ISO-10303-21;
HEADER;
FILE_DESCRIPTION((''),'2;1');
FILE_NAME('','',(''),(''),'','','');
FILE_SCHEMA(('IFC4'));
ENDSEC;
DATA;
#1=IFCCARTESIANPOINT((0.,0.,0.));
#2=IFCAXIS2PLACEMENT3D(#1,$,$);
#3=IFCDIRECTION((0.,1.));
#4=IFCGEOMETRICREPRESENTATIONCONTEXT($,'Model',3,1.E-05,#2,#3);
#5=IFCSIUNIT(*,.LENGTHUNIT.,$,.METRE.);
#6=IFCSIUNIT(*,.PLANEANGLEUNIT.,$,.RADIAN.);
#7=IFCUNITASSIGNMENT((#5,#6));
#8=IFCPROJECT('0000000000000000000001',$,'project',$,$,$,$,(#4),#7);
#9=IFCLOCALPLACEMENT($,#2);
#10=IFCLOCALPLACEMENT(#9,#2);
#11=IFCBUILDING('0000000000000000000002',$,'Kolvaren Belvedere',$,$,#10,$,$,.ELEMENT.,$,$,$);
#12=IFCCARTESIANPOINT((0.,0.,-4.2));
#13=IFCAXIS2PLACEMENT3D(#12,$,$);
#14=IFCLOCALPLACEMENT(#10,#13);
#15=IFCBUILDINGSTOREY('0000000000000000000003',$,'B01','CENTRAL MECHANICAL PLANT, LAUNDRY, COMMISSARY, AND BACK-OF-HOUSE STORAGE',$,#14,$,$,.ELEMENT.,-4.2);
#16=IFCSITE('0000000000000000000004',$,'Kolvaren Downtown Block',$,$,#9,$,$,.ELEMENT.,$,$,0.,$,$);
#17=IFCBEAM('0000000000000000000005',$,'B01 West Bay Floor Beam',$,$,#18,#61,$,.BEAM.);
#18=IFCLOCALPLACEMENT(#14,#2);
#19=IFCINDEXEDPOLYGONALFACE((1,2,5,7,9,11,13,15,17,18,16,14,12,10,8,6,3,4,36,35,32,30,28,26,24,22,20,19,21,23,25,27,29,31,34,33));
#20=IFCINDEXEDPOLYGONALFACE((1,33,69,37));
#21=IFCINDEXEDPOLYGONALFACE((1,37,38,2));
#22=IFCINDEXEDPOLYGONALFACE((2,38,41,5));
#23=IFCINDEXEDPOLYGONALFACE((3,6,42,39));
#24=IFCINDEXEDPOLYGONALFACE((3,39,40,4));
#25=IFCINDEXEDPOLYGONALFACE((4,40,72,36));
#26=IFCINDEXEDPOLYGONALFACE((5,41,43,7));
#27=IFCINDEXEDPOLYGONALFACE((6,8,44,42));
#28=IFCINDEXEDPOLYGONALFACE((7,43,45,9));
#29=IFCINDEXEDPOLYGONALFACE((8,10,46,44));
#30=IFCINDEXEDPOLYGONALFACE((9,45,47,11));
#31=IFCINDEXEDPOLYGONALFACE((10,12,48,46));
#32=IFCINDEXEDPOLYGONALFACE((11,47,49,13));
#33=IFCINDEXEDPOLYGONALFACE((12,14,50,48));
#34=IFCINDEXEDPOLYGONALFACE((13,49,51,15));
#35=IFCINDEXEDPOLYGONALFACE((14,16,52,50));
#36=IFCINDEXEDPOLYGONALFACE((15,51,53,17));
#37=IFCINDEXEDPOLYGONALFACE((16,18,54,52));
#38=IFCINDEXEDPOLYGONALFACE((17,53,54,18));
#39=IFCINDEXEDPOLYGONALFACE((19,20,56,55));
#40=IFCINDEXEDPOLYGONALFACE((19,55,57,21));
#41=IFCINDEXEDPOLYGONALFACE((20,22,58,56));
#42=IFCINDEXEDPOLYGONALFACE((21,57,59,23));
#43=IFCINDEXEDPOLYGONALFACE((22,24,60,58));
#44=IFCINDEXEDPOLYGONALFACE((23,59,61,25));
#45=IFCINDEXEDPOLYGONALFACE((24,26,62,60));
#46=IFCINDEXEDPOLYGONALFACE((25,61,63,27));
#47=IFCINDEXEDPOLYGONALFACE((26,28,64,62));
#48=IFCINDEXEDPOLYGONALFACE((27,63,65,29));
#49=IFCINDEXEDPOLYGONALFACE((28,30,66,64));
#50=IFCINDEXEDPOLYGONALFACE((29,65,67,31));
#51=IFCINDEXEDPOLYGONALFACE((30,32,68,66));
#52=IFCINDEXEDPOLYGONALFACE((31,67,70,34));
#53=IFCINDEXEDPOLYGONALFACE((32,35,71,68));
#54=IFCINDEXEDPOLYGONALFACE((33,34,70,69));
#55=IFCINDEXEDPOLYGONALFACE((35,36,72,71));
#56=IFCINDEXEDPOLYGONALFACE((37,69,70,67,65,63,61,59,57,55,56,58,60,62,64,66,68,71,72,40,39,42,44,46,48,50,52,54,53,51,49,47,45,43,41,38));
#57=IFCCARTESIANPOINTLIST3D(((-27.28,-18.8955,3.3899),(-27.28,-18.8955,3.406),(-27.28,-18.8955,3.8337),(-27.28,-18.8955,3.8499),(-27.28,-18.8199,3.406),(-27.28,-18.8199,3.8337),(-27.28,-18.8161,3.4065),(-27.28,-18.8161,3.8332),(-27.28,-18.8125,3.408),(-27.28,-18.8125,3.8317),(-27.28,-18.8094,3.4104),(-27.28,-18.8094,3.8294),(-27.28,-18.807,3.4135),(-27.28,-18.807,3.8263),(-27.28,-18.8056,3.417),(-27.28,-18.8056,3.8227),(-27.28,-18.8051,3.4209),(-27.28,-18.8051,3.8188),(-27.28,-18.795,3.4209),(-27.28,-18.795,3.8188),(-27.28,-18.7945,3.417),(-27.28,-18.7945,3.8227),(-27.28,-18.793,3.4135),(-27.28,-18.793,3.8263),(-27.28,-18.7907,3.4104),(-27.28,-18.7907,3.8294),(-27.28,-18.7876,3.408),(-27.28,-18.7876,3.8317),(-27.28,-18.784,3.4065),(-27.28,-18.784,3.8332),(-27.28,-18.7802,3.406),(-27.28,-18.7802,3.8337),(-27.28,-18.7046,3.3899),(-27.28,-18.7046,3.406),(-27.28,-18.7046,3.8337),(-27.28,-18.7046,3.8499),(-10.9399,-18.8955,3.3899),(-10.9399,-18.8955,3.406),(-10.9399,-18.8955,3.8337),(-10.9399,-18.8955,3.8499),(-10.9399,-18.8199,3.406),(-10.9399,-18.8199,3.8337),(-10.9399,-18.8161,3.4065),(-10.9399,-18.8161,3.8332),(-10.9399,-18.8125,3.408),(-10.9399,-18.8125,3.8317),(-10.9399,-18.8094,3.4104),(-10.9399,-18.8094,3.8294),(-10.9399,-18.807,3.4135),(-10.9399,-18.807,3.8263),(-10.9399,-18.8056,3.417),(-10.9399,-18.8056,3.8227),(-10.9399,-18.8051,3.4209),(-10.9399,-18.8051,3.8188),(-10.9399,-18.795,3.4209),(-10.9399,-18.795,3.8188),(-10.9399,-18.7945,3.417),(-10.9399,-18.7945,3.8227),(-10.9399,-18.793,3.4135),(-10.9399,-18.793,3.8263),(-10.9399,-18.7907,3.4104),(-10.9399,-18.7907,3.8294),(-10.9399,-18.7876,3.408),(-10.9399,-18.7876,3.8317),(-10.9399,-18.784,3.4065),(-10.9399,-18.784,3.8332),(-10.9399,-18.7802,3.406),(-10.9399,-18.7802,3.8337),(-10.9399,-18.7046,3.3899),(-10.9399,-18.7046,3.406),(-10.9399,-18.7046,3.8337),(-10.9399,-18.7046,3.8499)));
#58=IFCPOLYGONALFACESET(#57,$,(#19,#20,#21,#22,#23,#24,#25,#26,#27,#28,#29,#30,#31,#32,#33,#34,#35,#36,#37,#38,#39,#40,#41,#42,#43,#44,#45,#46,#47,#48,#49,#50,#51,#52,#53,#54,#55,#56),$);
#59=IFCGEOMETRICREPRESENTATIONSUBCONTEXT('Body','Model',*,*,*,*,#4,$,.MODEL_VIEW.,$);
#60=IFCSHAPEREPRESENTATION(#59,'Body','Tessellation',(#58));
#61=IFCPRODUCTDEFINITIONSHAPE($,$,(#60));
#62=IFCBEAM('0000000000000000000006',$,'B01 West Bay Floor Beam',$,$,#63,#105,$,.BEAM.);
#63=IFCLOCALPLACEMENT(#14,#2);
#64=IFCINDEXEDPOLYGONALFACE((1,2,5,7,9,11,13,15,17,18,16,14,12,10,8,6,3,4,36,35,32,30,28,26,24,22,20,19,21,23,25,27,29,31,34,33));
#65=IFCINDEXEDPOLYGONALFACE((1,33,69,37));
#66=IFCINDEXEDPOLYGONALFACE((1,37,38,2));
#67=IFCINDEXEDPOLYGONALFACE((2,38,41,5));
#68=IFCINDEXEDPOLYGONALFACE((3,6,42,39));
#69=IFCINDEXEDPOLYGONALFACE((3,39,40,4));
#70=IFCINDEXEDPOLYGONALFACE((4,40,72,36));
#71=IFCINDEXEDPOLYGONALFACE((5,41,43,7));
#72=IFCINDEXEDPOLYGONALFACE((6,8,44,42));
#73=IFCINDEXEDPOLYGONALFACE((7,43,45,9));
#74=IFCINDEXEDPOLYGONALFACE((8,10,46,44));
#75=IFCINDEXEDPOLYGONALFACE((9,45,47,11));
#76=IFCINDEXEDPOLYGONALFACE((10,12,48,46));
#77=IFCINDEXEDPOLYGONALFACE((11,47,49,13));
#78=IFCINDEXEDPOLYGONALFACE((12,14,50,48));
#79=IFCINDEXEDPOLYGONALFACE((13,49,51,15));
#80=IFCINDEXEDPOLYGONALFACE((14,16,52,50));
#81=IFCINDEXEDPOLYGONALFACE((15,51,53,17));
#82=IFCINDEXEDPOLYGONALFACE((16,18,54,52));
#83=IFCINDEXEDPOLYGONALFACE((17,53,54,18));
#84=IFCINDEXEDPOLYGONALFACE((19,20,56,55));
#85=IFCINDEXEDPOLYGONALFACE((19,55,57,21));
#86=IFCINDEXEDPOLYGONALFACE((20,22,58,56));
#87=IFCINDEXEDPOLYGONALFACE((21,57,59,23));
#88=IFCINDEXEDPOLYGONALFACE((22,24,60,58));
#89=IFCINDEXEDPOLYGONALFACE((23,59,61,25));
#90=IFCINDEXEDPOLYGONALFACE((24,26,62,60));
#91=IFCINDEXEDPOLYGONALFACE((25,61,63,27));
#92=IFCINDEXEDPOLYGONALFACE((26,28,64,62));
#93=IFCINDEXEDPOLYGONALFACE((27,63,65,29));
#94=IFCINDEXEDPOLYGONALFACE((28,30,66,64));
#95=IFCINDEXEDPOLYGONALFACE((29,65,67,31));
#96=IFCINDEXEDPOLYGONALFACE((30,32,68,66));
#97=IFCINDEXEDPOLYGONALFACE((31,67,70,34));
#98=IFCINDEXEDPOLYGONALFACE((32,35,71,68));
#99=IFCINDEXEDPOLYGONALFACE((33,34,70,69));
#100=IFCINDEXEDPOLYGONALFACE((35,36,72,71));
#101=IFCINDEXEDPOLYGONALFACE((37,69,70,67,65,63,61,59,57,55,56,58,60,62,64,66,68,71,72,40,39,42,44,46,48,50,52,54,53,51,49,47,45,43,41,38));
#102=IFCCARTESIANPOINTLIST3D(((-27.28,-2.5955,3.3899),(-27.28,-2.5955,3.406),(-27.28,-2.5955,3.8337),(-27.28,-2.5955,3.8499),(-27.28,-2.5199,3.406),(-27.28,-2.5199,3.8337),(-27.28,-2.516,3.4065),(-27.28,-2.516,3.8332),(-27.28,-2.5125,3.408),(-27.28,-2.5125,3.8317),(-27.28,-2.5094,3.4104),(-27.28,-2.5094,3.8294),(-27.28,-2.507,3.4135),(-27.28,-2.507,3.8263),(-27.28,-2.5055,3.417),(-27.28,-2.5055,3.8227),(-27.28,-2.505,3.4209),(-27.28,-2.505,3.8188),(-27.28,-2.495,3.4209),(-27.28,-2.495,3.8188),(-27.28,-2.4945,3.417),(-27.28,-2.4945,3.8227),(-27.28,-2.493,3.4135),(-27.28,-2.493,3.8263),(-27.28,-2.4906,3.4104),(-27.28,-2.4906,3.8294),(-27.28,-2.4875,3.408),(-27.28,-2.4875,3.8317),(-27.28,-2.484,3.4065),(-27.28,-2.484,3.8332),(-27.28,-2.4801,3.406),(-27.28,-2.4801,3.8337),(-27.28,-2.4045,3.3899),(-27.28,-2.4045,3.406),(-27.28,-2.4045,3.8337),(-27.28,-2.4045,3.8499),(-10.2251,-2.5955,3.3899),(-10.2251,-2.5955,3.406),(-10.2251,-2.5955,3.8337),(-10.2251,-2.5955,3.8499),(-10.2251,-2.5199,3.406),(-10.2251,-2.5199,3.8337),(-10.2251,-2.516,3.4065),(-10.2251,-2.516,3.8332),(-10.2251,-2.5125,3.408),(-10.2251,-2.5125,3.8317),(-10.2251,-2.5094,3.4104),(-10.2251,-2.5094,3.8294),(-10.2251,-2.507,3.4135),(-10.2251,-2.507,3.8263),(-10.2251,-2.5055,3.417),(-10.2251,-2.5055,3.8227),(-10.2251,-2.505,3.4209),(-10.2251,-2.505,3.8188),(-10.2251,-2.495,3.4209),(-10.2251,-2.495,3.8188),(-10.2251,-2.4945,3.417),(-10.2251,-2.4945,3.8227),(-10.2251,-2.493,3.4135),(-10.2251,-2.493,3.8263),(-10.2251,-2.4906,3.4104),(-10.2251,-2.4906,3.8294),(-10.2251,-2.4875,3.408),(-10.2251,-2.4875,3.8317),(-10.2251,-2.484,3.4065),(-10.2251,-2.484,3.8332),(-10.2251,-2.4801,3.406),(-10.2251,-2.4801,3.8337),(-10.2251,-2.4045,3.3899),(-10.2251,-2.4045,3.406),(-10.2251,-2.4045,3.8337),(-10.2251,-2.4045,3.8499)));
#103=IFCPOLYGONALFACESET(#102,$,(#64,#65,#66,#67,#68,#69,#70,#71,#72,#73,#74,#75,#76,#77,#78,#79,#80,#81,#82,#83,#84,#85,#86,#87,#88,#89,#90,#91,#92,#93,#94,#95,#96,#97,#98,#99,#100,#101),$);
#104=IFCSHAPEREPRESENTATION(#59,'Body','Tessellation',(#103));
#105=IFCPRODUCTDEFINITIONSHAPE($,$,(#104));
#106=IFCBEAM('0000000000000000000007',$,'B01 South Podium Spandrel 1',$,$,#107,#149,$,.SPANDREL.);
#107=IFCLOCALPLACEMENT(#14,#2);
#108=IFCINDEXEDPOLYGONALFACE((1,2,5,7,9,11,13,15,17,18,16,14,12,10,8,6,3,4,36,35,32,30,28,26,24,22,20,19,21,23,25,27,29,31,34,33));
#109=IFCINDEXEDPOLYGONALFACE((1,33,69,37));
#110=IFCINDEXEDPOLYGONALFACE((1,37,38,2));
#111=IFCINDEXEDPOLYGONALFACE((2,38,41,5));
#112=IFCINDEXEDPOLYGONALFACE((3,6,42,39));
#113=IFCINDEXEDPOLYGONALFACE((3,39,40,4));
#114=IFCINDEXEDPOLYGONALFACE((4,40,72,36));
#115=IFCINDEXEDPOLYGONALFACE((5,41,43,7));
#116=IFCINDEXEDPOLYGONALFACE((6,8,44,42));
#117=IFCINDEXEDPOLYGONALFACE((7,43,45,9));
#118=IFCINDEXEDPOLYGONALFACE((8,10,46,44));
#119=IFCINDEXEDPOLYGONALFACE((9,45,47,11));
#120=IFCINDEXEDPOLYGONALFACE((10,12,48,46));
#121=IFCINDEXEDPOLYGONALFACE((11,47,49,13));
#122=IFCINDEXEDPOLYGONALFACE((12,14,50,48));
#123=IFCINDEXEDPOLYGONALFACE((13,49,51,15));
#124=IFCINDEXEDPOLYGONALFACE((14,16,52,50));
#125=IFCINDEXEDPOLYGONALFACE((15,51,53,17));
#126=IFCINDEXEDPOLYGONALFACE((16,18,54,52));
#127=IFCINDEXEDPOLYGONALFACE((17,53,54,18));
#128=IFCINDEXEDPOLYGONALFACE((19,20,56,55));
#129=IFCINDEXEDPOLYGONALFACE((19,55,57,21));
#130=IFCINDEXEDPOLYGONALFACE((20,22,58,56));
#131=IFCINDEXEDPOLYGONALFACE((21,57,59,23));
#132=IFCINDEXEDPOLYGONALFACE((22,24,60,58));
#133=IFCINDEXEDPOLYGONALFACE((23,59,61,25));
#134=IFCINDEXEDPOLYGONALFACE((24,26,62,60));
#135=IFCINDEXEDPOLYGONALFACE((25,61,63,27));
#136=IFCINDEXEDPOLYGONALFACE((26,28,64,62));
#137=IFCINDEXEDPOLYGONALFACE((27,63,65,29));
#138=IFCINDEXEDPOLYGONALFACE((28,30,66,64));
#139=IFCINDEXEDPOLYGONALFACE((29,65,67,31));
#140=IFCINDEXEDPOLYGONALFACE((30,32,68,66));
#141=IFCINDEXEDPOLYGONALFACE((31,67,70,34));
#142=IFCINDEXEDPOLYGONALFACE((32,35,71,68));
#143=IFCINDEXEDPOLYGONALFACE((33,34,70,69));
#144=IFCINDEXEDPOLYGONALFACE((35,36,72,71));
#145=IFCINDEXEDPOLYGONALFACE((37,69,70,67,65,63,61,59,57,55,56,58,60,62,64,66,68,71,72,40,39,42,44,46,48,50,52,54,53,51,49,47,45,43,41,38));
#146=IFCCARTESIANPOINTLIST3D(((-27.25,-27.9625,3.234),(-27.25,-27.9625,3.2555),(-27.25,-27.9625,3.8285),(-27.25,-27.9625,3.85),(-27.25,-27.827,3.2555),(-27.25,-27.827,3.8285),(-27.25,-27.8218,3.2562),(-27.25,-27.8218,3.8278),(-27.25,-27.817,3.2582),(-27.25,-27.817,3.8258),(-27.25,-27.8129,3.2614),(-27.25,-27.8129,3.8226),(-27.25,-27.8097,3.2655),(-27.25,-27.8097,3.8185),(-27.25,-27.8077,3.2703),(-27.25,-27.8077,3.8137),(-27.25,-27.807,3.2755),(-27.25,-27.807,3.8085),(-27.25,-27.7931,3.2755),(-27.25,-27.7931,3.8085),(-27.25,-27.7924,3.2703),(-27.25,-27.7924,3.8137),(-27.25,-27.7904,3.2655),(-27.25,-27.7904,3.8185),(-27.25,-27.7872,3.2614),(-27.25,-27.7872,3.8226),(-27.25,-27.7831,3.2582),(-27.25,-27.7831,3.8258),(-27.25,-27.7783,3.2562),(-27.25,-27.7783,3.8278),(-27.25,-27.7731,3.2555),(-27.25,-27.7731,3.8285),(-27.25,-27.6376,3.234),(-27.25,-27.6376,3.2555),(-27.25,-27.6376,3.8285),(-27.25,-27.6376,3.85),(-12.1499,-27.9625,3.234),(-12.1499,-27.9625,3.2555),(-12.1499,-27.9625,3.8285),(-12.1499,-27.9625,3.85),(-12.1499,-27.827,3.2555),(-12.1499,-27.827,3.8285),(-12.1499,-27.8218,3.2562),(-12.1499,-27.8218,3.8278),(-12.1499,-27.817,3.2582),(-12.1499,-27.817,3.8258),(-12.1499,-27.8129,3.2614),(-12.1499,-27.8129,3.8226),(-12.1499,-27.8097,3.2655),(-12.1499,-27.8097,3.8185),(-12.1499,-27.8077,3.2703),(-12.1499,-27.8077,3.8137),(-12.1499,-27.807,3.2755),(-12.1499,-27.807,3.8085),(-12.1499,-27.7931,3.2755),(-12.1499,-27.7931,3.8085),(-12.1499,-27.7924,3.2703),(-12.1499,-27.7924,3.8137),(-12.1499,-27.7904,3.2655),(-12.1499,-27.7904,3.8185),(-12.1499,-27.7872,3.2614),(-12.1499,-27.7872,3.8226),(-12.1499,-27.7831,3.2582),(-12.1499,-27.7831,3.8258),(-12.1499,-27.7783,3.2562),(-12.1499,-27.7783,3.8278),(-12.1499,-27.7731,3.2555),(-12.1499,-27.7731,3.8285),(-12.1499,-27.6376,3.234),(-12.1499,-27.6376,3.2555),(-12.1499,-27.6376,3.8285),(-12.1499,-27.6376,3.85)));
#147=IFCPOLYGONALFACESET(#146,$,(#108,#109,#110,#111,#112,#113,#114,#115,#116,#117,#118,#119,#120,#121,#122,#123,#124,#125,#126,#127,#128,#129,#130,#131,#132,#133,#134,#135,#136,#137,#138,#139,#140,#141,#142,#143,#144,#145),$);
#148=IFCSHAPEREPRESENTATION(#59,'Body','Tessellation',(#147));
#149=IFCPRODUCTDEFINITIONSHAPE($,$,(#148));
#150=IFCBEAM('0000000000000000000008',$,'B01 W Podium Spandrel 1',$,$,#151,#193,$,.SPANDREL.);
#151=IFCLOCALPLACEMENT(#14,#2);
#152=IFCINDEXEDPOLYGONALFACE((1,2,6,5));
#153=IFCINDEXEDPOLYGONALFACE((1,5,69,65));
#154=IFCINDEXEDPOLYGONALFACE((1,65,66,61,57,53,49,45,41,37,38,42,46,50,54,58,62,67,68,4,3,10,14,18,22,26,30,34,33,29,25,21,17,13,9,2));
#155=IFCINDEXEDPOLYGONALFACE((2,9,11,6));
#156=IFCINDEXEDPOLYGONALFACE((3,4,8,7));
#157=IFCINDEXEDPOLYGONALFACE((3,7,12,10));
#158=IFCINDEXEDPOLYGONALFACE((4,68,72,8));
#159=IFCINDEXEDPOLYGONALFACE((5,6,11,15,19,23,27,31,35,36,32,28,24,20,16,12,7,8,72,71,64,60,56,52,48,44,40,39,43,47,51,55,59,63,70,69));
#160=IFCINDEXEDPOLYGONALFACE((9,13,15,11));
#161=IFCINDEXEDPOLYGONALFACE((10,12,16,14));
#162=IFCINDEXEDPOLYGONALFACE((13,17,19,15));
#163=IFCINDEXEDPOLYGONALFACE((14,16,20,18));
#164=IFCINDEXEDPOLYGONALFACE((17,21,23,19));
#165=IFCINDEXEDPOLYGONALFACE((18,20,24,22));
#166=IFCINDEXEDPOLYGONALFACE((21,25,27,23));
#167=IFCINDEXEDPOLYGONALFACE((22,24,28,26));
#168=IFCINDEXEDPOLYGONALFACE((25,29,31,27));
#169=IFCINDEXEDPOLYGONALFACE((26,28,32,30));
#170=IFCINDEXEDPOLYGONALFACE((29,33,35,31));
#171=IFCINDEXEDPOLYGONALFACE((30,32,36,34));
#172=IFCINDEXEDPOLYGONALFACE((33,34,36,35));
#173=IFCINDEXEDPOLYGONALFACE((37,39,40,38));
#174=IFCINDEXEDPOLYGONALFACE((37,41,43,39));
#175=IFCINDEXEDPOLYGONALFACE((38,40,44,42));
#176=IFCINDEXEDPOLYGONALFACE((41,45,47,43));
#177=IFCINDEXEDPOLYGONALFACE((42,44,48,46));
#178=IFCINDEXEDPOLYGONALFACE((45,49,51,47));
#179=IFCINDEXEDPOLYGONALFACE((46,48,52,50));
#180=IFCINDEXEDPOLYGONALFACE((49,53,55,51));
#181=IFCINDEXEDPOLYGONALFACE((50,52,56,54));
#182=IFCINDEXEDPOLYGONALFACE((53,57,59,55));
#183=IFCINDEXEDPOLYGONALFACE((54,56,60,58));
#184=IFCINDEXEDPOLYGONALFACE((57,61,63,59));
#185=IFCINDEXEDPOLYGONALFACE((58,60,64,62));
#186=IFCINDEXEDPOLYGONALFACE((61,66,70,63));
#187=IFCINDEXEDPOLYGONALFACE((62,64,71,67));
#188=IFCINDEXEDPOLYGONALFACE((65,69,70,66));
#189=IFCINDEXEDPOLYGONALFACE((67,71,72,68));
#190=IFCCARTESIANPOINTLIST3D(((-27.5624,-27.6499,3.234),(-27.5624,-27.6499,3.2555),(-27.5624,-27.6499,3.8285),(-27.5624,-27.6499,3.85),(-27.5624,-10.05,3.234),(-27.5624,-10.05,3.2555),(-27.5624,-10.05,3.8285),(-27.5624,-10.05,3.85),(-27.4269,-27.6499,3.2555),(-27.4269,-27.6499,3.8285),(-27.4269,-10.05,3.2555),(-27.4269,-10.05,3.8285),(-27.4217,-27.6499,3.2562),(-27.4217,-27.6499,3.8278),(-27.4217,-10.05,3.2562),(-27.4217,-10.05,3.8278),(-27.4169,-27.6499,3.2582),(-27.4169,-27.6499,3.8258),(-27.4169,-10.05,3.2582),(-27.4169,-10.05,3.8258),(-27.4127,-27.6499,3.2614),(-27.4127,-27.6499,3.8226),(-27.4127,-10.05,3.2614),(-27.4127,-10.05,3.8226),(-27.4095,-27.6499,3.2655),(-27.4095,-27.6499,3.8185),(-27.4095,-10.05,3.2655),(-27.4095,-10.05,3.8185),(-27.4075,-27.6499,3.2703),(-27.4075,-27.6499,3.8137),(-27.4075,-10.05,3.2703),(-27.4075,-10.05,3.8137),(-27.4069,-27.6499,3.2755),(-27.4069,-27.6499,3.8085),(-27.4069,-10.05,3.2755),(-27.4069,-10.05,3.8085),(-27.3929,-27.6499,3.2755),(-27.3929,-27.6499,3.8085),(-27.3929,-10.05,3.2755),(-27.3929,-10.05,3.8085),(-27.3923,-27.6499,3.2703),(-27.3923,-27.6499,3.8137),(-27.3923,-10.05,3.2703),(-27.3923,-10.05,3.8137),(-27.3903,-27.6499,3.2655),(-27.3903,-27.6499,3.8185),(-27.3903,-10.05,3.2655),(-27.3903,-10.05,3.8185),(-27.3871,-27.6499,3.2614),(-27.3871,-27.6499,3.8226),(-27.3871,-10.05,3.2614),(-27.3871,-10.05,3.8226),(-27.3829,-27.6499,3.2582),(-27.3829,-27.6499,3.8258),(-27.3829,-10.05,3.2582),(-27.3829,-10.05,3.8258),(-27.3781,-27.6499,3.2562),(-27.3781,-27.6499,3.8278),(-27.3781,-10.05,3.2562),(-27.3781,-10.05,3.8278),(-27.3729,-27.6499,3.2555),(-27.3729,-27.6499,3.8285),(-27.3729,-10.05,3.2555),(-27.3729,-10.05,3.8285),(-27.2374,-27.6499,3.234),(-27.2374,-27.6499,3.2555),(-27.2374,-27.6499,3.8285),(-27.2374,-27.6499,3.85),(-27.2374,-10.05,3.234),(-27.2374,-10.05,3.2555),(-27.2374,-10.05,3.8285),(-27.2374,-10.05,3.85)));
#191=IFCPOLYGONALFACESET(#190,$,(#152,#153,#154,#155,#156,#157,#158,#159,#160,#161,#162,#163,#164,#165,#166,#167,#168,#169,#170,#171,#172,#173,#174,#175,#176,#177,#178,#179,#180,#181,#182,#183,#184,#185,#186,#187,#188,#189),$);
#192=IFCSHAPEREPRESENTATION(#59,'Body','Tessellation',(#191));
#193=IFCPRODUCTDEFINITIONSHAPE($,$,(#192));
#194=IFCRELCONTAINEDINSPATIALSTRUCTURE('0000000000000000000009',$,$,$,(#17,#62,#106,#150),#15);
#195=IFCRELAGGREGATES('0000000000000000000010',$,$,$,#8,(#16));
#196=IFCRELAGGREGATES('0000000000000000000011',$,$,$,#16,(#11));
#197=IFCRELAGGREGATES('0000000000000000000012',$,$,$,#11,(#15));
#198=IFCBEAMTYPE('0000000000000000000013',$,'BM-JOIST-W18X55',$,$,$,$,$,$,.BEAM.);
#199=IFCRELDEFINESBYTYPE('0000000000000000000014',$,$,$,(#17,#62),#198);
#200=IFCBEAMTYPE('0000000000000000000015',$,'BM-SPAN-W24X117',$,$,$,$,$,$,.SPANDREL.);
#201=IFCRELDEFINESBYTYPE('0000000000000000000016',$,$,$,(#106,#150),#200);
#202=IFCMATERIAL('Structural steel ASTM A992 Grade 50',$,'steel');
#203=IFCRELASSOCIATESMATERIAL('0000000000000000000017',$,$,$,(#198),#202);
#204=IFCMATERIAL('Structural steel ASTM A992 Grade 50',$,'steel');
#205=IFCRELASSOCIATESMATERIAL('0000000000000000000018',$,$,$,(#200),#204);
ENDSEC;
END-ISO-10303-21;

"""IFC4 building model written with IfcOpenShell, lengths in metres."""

from ifc_helpers import new_model, si_unit, direction, frame, origin, origin_2d, place, context, subcontext, project, spatial, i_section, extrude, material, material_profile, profile_set, type_object, element, save


model = new_model("IFC4")

# Units and contexts
model_context = context("Model", 3, precision=1e-05, world=origin(), true_north=direction((0.0, 1.0)))
body_context = subcontext(model_context, "Body", "Model", "MODEL_VIEW")
ifc_project = project(units=[si_unit("LENGTHUNIT", "METRE"), si_unit("PLANEANGLEUNIT", "RADIAN")], contexts=[model_context])

# Site, building, storey
site_placement = place(None, origin())
site = spatial("IfcSite", under=ifc_project, at=site_placement, Name="Kolvaren Downtown Block", CompositionType="ELEMENT", RefElevation=0.0)
building_placement = place(site_placement, origin())
building = spatial("IfcBuilding", under=site, at=building_placement, Name="Kolvaren Belvedere", CompositionType="ELEMENT")
storey_placement = place(building_placement, frame((0.0, 0.0, -4.2)))
storey = spatial("IfcBuildingStorey", under=building, at=storey_placement, Name="B01", Description="CENTRAL MECHANICAL PLANT, LAUNDRY, COMMISSARY, AND BACK-OF-HOUSE STORAGE", CompositionType="ELEMENT", Elevation=-4.2)

# Beams
ifc_material_1 = material(Name="Structural steel ASTM A992 Grade 50", Category="steel")
ifc_material_profile_1 = material_profile(ifc_material_1, i_section(OverallWidth=0.1909, OverallDepth=0.46, WebThickness=0.01, FlangeThickness=0.0161, FilletRadius=0.0149, at=origin_2d()), Name="W18X55")
ifc_profile_set_1 = profile_set([ifc_material_profile_1], Name="Structural steel ASTM A992 Grade 50")
beam_type_1 = type_object("IfcBeamType", Name="BM-JOIST-W18X55", PredefinedType="BEAM", material=ifc_profile_set_1)
beam_1_placement = place(storey_placement, frame((-27.28, -18.8, 3.6199), z_axis=(1.0, 0.0, 0.0), x_axis=(0.0, 1.0, 0.0)))
element("IfcBeam", 1, at=beam_1_placement, inside=storey, type_object=beam_type_1, Name="B01 West Bay Floor Beam", PredefinedType="BEAM", context=body_context, shape_type="SweptSolid", body=[
    extrude(i_section(OverallWidth=0.1909, OverallDepth=0.46, WebThickness=0.01, FlangeThickness=0.0161, FilletRadius=0.0149, at=origin_2d()), origin(), (0.0, 0.0, 1.0), 16.3401),
])
beam_2_placement = place(storey_placement, frame((-27.28, -2.5, 3.6199), z_axis=(1.0, 0.0, 0.0), x_axis=(0.0, 1.0, 0.0)))
element("IfcBeam", 2, at=beam_2_placement, inside=storey, type_object=beam_type_1, Name="B01 West Bay Floor Beam", PredefinedType="BEAM", context=body_context, shape_type="SweptSolid", body=[
    extrude(i_section(OverallWidth=0.1909, OverallDepth=0.46, WebThickness=0.01, FlangeThickness=0.0161, FilletRadius=0.0149, at=origin_2d()), origin(), (0.0, 0.0, 1.0), 17.0549),
])
ifc_material_2 = material(Name="Structural steel ASTM A992 Grade 50", Category="steel")
ifc_material_profile_2 = material_profile(ifc_material_2, i_section(OverallWidth=0.325, OverallDepth=0.616, WebThickness=0.0139, FlangeThickness=0.0215, FilletRadius=0.02, at=origin_2d()), Name="W24X117")
ifc_profile_set_2 = profile_set([ifc_material_profile_2], Name="Structural steel ASTM A992 Grade 50")
beam_type_2 = type_object("IfcBeamType", Name="BM-SPAN-W24X117", PredefinedType="SPANDREL", material=ifc_profile_set_2)
beam_3_placement = place(storey_placement, frame((-27.25, -27.8, 3.542), z_axis=(1.0, 0.0, 0.0), x_axis=(0.0, 1.0, 0.0)))
element("IfcBeam", 3, at=beam_3_placement, inside=storey, type_object=beam_type_2, Name="B01 South Podium Spandrel 1", PredefinedType="SPANDREL", context=body_context, shape_type="SweptSolid", body=[
    extrude(i_section(OverallWidth=0.325, OverallDepth=0.616, WebThickness=0.0139, FlangeThickness=0.0215, FilletRadius=0.02, at=origin_2d()), origin(), (0.0, 0.0, 1.0), 15.1001),
])
beam_4_placement = place(storey_placement, frame((-27.3999, -27.6499, 3.542), z_axis=(0.0, 1.0, 0.0), x_axis=(-1.0, 0.0, 0.0)))
element("IfcBeam", 4, at=beam_4_placement, inside=storey, type_object=beam_type_2, Name="B01 W Podium Spandrel 1", PredefinedType="SPANDREL", context=body_context, shape_type="SweptSolid", body=[
    extrude(i_section(OverallWidth=0.325, OverallDepth=0.616, WebThickness=0.0139, FlangeThickness=0.0215, FilletRadius=0.02, at=origin_2d()), origin(), (0.0, 0.0, 1.0), 17.5999),
])

save(model, "model.ifc")
